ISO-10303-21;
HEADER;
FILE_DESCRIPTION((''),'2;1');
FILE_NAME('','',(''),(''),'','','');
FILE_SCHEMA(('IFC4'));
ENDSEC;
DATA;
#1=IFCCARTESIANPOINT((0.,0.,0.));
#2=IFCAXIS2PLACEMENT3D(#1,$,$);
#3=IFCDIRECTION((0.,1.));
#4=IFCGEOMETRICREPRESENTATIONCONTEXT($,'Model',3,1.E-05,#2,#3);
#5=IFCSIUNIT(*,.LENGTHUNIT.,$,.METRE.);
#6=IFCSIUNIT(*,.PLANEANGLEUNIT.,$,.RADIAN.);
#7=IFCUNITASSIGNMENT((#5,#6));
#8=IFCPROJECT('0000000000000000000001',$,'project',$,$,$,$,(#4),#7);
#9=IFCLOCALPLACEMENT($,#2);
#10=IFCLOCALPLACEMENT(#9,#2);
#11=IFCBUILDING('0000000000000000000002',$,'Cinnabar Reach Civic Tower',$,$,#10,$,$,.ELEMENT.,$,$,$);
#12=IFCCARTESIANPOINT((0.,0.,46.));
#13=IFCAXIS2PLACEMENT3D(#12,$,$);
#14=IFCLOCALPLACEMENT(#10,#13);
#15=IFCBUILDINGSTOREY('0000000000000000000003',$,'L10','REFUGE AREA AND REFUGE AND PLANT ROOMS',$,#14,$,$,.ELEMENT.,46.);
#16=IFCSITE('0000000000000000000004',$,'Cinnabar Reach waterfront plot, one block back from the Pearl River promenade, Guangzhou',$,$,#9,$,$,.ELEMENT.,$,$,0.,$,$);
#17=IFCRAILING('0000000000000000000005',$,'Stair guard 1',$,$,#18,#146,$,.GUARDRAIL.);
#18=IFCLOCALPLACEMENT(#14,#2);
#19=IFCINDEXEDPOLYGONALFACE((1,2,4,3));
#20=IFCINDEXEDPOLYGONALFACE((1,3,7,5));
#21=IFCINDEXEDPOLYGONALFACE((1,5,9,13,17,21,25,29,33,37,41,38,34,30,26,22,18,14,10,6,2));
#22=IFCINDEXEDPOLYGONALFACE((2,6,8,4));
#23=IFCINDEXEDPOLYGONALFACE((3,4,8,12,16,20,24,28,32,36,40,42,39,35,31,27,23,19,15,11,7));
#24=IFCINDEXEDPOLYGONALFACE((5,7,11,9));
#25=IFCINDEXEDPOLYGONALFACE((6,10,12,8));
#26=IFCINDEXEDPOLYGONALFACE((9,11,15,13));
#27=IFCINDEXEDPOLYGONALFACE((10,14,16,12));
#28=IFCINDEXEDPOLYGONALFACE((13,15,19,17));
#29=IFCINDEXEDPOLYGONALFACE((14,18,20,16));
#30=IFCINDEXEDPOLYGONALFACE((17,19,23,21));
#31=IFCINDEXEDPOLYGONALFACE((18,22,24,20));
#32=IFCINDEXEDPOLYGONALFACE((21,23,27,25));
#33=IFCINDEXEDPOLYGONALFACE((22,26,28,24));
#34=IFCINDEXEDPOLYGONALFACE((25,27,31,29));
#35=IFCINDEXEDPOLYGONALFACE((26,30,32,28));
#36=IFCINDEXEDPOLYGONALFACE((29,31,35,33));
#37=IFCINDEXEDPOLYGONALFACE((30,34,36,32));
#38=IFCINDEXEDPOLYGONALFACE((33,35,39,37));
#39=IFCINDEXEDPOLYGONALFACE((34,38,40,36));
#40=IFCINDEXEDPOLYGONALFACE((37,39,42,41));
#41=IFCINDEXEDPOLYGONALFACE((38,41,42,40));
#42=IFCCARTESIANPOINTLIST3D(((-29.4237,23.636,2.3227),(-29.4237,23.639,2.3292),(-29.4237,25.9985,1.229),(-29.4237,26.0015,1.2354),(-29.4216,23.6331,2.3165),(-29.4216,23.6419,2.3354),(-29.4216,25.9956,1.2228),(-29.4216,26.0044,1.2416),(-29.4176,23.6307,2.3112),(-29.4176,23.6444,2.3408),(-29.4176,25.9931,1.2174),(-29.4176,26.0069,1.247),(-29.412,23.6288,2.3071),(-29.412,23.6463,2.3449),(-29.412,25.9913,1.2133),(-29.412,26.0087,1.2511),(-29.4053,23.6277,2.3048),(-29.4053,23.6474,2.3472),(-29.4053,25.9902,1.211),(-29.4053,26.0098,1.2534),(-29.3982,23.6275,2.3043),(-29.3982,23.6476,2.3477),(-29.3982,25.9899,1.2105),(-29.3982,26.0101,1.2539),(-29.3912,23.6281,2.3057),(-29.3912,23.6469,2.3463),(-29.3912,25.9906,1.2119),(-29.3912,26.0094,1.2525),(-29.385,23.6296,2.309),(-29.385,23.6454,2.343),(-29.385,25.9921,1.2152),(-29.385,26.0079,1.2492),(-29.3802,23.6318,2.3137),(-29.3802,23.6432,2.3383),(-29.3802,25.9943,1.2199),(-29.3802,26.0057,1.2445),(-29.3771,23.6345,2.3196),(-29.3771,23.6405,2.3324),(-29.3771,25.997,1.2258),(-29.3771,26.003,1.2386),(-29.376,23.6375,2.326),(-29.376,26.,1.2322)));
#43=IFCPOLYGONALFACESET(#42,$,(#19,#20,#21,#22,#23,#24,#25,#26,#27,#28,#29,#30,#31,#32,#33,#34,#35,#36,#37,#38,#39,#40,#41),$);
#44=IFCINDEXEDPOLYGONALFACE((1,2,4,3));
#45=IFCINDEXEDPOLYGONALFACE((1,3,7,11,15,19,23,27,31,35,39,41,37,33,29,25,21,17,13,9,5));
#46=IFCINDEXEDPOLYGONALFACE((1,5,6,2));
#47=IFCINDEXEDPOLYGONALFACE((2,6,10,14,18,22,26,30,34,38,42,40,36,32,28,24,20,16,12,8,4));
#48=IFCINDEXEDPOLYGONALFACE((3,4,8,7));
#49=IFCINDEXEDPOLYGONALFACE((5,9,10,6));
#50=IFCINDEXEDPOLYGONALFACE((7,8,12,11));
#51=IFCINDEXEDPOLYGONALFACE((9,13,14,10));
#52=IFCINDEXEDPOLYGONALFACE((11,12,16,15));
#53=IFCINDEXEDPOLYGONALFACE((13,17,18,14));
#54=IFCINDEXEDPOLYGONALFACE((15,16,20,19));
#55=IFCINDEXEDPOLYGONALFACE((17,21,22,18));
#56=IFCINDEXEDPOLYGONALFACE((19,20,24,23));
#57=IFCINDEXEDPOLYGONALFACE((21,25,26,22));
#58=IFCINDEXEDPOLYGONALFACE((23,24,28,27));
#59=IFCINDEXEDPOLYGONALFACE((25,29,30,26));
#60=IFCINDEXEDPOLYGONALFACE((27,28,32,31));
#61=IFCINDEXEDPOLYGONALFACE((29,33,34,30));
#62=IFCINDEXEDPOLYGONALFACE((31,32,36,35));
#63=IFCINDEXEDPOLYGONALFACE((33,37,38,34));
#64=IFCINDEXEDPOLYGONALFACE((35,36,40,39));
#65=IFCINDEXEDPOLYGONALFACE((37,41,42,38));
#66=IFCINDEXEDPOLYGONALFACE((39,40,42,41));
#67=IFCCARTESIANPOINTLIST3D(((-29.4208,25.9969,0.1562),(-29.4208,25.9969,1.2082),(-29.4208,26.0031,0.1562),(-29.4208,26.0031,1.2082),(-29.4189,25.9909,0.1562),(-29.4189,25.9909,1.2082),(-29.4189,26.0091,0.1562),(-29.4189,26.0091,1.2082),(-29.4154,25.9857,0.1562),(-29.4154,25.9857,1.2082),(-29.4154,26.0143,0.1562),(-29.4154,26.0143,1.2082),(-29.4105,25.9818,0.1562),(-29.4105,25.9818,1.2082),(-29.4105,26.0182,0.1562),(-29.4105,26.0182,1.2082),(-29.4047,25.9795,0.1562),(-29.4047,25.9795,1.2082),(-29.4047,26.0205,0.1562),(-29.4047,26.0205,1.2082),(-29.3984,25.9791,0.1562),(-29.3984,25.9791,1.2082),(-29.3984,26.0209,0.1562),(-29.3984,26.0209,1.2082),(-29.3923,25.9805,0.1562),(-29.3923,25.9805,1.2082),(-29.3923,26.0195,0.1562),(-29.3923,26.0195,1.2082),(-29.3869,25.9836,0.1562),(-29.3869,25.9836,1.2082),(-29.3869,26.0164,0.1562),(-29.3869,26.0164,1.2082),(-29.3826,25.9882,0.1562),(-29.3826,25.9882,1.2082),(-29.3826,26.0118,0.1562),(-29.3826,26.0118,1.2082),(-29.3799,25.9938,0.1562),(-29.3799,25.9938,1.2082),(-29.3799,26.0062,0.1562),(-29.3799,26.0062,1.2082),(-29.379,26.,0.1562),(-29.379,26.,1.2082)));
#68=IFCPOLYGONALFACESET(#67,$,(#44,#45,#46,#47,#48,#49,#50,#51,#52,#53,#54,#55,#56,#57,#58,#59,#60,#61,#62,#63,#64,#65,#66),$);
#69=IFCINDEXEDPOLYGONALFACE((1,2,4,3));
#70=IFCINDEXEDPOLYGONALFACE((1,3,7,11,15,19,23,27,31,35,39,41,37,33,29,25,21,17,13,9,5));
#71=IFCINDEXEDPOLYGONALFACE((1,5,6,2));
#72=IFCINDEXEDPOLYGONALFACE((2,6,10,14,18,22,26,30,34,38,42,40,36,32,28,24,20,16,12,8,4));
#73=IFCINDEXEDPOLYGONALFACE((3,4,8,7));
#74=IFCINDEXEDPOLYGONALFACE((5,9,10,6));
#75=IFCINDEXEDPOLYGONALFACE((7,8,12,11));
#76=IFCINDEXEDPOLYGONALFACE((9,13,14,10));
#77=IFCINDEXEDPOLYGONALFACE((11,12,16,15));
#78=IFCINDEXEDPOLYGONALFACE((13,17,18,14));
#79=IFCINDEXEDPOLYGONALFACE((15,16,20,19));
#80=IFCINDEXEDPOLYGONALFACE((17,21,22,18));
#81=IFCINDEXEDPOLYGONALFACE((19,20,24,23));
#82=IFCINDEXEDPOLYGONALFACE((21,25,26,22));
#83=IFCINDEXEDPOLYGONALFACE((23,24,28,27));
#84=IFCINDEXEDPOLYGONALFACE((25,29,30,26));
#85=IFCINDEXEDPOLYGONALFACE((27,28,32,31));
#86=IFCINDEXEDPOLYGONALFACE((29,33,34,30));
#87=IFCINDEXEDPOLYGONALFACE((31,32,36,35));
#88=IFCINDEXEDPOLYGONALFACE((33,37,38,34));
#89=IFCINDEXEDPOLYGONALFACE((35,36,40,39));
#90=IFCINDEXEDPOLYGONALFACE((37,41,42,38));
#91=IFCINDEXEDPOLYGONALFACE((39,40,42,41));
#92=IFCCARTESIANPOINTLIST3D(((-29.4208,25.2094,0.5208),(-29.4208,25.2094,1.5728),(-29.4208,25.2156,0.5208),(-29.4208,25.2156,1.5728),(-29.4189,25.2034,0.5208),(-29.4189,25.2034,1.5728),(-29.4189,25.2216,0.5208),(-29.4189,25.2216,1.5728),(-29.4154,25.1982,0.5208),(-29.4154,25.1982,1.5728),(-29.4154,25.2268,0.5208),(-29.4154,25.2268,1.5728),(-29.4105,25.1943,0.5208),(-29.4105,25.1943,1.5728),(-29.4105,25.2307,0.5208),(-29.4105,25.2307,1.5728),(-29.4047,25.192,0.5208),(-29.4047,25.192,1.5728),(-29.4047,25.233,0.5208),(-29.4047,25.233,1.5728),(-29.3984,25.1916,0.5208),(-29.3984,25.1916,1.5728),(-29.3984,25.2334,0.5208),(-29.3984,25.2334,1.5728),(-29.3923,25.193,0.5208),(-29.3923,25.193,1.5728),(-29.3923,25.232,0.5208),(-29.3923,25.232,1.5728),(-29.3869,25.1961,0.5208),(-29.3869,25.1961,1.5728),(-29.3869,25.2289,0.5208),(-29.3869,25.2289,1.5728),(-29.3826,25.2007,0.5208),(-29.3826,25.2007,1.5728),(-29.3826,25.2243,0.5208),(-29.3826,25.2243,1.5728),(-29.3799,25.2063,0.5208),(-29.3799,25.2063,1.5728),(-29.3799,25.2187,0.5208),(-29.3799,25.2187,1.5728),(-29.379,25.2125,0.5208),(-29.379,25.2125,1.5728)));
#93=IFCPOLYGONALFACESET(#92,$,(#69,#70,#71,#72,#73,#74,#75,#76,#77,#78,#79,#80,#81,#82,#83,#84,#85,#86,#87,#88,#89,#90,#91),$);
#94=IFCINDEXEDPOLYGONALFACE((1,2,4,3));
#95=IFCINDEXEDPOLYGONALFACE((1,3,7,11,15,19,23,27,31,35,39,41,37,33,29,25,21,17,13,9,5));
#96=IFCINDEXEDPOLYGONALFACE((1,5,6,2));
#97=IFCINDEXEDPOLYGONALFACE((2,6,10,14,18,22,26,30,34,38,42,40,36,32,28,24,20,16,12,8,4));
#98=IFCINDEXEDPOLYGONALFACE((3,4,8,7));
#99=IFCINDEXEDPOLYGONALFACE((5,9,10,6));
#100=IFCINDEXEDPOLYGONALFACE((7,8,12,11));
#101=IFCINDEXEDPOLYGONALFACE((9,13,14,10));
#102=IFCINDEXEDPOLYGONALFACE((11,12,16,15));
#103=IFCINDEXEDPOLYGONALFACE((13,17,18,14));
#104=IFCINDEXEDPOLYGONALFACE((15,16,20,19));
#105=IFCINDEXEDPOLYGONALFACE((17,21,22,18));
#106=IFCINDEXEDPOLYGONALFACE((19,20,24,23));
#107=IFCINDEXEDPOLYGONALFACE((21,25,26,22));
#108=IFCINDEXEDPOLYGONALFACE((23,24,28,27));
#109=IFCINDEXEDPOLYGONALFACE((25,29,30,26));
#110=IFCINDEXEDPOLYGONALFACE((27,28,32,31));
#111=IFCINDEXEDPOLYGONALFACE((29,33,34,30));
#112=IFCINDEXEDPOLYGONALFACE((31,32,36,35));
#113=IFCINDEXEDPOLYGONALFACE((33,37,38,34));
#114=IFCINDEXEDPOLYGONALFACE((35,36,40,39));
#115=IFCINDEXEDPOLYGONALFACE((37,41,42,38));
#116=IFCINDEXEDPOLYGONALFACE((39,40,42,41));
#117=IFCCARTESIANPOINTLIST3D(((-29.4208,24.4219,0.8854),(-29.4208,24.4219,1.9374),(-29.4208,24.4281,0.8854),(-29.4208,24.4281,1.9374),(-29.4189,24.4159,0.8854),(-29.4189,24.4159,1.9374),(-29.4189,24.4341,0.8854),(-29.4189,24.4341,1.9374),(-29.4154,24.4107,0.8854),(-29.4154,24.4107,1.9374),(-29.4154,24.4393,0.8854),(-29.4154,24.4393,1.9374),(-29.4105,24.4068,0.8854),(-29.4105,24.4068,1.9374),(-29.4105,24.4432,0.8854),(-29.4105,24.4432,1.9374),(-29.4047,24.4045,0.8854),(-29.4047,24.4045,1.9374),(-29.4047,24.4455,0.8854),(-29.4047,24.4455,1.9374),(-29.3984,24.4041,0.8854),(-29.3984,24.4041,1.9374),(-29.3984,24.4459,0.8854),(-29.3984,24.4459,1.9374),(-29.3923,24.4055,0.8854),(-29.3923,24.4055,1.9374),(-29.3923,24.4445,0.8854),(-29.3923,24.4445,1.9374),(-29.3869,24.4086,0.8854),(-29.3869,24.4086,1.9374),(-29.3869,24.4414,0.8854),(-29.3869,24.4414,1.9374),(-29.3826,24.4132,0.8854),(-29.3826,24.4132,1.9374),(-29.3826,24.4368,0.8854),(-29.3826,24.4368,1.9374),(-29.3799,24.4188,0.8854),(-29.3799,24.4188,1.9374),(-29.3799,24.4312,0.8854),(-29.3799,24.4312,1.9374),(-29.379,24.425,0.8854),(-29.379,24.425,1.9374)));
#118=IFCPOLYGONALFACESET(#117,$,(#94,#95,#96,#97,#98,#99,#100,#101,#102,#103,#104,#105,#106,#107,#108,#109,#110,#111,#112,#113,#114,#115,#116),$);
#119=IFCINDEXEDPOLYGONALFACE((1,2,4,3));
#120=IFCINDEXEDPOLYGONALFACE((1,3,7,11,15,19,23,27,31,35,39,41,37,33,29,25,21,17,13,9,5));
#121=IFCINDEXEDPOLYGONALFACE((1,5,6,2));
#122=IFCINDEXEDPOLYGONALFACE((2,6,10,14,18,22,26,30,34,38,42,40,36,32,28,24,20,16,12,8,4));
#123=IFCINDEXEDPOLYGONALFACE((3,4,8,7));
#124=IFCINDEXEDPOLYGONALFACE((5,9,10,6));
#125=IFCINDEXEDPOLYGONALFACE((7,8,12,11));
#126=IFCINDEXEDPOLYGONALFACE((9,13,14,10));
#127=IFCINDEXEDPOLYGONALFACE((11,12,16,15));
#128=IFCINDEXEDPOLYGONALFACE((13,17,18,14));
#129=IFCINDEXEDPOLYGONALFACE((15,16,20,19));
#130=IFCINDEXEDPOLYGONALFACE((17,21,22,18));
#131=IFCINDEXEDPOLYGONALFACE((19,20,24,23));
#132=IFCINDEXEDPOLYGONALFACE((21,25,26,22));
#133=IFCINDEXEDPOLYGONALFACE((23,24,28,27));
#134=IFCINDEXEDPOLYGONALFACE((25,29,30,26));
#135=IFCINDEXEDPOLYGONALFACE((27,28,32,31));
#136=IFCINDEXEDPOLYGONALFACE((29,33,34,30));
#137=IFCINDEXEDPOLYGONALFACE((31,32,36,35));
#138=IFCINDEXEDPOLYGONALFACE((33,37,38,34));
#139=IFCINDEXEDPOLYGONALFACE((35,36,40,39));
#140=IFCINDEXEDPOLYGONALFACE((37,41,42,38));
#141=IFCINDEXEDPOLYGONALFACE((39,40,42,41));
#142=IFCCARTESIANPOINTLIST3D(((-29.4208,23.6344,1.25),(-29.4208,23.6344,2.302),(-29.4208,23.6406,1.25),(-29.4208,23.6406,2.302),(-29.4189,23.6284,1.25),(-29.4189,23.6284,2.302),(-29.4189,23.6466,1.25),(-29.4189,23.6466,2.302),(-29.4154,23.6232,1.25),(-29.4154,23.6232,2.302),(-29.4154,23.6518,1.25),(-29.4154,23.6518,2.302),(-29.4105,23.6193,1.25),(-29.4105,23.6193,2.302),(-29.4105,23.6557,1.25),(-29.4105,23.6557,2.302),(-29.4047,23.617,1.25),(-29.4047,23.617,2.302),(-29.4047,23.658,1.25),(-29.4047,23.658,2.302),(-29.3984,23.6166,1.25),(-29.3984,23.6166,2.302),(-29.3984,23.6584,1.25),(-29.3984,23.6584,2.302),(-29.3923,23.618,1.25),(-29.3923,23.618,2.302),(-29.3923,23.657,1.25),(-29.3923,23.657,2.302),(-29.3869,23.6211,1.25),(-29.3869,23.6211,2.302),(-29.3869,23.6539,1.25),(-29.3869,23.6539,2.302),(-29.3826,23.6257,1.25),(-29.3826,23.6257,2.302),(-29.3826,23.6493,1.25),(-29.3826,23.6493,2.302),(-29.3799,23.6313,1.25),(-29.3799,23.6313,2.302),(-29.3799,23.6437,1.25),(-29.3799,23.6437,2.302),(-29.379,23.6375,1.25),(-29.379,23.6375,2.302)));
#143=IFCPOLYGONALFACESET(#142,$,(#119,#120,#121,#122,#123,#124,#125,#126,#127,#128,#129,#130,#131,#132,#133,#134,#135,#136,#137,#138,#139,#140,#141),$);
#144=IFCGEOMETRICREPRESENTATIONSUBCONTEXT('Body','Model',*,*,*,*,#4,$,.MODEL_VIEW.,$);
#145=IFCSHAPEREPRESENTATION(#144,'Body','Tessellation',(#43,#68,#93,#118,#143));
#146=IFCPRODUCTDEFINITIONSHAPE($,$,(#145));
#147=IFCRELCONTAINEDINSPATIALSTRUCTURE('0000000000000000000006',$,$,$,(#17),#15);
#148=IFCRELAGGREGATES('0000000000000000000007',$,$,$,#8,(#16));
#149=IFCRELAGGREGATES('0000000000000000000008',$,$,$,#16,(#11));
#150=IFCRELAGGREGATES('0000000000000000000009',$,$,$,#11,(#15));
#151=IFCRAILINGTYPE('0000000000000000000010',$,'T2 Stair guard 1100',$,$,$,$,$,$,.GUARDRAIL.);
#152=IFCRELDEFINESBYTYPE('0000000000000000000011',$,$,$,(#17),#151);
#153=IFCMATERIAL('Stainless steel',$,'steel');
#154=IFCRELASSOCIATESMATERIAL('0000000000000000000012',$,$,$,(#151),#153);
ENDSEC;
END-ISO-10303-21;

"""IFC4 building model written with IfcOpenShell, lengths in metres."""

from ifc_helpers import new_model, si_unit, direction, frame, origin, origin_2d, place, context, subcontext, project, spatial, circle, extrude, material, type_object, element, save


model = new_model("IFC4")

# Units and contexts
model_context = context("Model", 3, precision=1e-05, world=origin(), true_north=direction((0.0, 1.0)))
body_context = subcontext(model_context, "Body", "Model", "MODEL_VIEW")
ifc_project = project(units=[si_unit("LENGTHUNIT", "METRE"), si_unit("PLANEANGLEUNIT", "RADIAN")], contexts=[model_context])

# Site, building, storey
site_placement = place(None, origin())
site = spatial("IfcSite", under=ifc_project, at=site_placement, Name="Cinnabar Reach waterfront plot, one block back from the Pearl River promenade, Guangzhou", CompositionType="ELEMENT", RefElevation=0.0)
building_placement = place(site_placement, origin())
building = spatial("IfcBuilding", under=site, at=building_placement, Name="Cinnabar Reach Civic Tower", CompositionType="ELEMENT")
storey_placement = place(building_placement, frame((0.0, 0.0, 46.0)))
storey = spatial("IfcBuildingStorey", under=building, at=storey_placement, Name="L10", Description="REFUGE AREA AND REFUGE AND PLANT ROOMS", CompositionType="ELEMENT", Elevation=46.0)

# Railing
ifc_material_1 = material(Name="Stainless steel", Category="steel")
railing_type = type_object("IfcRailingType", Name="T2 Stair guard 1100", PredefinedType="GUARDRAIL", material=ifc_material_1)
railing_1_placement = place(storey_placement, frame((-29.4, 26.0, 0.1562)))
element("IfcRailing", 1, at=railing_1_placement, inside=storey, type_object=railing_type, Name="Stair guard 1", PredefinedType="GUARDRAIL", context=body_context, shape_type="SweptSolid", body=[
    extrude(circle(Radius=0.024, at=origin_2d()), frame((0.0, 0.0, 1.076), z_axis=(0.0, -0.90746, 0.420139), x_axis=(1.0, 0.0, 0.0)), (0.0, 0.0, 1.0), 2.6034),
    extrude(circle(Radius=0.021, at=origin_2d()), origin(), (0.0, 0.0, 1.0), 1.052),
    extrude(circle(Radius=0.021, at=origin_2d()), frame((0.0, -0.7875, 0.3646)), (0.0, 0.0, 1.0), 1.052),
    extrude(circle(Radius=0.021, at=origin_2d()), frame((0.0, -1.575, 0.7292)), (0.0, 0.0, 1.0), 1.052),
    extrude(circle(Radius=0.021, at=origin_2d()), frame((0.0, -2.3625, 1.0938)), (0.0, 0.0, 1.0), 1.052),
])

save(model, "model.ifc")
